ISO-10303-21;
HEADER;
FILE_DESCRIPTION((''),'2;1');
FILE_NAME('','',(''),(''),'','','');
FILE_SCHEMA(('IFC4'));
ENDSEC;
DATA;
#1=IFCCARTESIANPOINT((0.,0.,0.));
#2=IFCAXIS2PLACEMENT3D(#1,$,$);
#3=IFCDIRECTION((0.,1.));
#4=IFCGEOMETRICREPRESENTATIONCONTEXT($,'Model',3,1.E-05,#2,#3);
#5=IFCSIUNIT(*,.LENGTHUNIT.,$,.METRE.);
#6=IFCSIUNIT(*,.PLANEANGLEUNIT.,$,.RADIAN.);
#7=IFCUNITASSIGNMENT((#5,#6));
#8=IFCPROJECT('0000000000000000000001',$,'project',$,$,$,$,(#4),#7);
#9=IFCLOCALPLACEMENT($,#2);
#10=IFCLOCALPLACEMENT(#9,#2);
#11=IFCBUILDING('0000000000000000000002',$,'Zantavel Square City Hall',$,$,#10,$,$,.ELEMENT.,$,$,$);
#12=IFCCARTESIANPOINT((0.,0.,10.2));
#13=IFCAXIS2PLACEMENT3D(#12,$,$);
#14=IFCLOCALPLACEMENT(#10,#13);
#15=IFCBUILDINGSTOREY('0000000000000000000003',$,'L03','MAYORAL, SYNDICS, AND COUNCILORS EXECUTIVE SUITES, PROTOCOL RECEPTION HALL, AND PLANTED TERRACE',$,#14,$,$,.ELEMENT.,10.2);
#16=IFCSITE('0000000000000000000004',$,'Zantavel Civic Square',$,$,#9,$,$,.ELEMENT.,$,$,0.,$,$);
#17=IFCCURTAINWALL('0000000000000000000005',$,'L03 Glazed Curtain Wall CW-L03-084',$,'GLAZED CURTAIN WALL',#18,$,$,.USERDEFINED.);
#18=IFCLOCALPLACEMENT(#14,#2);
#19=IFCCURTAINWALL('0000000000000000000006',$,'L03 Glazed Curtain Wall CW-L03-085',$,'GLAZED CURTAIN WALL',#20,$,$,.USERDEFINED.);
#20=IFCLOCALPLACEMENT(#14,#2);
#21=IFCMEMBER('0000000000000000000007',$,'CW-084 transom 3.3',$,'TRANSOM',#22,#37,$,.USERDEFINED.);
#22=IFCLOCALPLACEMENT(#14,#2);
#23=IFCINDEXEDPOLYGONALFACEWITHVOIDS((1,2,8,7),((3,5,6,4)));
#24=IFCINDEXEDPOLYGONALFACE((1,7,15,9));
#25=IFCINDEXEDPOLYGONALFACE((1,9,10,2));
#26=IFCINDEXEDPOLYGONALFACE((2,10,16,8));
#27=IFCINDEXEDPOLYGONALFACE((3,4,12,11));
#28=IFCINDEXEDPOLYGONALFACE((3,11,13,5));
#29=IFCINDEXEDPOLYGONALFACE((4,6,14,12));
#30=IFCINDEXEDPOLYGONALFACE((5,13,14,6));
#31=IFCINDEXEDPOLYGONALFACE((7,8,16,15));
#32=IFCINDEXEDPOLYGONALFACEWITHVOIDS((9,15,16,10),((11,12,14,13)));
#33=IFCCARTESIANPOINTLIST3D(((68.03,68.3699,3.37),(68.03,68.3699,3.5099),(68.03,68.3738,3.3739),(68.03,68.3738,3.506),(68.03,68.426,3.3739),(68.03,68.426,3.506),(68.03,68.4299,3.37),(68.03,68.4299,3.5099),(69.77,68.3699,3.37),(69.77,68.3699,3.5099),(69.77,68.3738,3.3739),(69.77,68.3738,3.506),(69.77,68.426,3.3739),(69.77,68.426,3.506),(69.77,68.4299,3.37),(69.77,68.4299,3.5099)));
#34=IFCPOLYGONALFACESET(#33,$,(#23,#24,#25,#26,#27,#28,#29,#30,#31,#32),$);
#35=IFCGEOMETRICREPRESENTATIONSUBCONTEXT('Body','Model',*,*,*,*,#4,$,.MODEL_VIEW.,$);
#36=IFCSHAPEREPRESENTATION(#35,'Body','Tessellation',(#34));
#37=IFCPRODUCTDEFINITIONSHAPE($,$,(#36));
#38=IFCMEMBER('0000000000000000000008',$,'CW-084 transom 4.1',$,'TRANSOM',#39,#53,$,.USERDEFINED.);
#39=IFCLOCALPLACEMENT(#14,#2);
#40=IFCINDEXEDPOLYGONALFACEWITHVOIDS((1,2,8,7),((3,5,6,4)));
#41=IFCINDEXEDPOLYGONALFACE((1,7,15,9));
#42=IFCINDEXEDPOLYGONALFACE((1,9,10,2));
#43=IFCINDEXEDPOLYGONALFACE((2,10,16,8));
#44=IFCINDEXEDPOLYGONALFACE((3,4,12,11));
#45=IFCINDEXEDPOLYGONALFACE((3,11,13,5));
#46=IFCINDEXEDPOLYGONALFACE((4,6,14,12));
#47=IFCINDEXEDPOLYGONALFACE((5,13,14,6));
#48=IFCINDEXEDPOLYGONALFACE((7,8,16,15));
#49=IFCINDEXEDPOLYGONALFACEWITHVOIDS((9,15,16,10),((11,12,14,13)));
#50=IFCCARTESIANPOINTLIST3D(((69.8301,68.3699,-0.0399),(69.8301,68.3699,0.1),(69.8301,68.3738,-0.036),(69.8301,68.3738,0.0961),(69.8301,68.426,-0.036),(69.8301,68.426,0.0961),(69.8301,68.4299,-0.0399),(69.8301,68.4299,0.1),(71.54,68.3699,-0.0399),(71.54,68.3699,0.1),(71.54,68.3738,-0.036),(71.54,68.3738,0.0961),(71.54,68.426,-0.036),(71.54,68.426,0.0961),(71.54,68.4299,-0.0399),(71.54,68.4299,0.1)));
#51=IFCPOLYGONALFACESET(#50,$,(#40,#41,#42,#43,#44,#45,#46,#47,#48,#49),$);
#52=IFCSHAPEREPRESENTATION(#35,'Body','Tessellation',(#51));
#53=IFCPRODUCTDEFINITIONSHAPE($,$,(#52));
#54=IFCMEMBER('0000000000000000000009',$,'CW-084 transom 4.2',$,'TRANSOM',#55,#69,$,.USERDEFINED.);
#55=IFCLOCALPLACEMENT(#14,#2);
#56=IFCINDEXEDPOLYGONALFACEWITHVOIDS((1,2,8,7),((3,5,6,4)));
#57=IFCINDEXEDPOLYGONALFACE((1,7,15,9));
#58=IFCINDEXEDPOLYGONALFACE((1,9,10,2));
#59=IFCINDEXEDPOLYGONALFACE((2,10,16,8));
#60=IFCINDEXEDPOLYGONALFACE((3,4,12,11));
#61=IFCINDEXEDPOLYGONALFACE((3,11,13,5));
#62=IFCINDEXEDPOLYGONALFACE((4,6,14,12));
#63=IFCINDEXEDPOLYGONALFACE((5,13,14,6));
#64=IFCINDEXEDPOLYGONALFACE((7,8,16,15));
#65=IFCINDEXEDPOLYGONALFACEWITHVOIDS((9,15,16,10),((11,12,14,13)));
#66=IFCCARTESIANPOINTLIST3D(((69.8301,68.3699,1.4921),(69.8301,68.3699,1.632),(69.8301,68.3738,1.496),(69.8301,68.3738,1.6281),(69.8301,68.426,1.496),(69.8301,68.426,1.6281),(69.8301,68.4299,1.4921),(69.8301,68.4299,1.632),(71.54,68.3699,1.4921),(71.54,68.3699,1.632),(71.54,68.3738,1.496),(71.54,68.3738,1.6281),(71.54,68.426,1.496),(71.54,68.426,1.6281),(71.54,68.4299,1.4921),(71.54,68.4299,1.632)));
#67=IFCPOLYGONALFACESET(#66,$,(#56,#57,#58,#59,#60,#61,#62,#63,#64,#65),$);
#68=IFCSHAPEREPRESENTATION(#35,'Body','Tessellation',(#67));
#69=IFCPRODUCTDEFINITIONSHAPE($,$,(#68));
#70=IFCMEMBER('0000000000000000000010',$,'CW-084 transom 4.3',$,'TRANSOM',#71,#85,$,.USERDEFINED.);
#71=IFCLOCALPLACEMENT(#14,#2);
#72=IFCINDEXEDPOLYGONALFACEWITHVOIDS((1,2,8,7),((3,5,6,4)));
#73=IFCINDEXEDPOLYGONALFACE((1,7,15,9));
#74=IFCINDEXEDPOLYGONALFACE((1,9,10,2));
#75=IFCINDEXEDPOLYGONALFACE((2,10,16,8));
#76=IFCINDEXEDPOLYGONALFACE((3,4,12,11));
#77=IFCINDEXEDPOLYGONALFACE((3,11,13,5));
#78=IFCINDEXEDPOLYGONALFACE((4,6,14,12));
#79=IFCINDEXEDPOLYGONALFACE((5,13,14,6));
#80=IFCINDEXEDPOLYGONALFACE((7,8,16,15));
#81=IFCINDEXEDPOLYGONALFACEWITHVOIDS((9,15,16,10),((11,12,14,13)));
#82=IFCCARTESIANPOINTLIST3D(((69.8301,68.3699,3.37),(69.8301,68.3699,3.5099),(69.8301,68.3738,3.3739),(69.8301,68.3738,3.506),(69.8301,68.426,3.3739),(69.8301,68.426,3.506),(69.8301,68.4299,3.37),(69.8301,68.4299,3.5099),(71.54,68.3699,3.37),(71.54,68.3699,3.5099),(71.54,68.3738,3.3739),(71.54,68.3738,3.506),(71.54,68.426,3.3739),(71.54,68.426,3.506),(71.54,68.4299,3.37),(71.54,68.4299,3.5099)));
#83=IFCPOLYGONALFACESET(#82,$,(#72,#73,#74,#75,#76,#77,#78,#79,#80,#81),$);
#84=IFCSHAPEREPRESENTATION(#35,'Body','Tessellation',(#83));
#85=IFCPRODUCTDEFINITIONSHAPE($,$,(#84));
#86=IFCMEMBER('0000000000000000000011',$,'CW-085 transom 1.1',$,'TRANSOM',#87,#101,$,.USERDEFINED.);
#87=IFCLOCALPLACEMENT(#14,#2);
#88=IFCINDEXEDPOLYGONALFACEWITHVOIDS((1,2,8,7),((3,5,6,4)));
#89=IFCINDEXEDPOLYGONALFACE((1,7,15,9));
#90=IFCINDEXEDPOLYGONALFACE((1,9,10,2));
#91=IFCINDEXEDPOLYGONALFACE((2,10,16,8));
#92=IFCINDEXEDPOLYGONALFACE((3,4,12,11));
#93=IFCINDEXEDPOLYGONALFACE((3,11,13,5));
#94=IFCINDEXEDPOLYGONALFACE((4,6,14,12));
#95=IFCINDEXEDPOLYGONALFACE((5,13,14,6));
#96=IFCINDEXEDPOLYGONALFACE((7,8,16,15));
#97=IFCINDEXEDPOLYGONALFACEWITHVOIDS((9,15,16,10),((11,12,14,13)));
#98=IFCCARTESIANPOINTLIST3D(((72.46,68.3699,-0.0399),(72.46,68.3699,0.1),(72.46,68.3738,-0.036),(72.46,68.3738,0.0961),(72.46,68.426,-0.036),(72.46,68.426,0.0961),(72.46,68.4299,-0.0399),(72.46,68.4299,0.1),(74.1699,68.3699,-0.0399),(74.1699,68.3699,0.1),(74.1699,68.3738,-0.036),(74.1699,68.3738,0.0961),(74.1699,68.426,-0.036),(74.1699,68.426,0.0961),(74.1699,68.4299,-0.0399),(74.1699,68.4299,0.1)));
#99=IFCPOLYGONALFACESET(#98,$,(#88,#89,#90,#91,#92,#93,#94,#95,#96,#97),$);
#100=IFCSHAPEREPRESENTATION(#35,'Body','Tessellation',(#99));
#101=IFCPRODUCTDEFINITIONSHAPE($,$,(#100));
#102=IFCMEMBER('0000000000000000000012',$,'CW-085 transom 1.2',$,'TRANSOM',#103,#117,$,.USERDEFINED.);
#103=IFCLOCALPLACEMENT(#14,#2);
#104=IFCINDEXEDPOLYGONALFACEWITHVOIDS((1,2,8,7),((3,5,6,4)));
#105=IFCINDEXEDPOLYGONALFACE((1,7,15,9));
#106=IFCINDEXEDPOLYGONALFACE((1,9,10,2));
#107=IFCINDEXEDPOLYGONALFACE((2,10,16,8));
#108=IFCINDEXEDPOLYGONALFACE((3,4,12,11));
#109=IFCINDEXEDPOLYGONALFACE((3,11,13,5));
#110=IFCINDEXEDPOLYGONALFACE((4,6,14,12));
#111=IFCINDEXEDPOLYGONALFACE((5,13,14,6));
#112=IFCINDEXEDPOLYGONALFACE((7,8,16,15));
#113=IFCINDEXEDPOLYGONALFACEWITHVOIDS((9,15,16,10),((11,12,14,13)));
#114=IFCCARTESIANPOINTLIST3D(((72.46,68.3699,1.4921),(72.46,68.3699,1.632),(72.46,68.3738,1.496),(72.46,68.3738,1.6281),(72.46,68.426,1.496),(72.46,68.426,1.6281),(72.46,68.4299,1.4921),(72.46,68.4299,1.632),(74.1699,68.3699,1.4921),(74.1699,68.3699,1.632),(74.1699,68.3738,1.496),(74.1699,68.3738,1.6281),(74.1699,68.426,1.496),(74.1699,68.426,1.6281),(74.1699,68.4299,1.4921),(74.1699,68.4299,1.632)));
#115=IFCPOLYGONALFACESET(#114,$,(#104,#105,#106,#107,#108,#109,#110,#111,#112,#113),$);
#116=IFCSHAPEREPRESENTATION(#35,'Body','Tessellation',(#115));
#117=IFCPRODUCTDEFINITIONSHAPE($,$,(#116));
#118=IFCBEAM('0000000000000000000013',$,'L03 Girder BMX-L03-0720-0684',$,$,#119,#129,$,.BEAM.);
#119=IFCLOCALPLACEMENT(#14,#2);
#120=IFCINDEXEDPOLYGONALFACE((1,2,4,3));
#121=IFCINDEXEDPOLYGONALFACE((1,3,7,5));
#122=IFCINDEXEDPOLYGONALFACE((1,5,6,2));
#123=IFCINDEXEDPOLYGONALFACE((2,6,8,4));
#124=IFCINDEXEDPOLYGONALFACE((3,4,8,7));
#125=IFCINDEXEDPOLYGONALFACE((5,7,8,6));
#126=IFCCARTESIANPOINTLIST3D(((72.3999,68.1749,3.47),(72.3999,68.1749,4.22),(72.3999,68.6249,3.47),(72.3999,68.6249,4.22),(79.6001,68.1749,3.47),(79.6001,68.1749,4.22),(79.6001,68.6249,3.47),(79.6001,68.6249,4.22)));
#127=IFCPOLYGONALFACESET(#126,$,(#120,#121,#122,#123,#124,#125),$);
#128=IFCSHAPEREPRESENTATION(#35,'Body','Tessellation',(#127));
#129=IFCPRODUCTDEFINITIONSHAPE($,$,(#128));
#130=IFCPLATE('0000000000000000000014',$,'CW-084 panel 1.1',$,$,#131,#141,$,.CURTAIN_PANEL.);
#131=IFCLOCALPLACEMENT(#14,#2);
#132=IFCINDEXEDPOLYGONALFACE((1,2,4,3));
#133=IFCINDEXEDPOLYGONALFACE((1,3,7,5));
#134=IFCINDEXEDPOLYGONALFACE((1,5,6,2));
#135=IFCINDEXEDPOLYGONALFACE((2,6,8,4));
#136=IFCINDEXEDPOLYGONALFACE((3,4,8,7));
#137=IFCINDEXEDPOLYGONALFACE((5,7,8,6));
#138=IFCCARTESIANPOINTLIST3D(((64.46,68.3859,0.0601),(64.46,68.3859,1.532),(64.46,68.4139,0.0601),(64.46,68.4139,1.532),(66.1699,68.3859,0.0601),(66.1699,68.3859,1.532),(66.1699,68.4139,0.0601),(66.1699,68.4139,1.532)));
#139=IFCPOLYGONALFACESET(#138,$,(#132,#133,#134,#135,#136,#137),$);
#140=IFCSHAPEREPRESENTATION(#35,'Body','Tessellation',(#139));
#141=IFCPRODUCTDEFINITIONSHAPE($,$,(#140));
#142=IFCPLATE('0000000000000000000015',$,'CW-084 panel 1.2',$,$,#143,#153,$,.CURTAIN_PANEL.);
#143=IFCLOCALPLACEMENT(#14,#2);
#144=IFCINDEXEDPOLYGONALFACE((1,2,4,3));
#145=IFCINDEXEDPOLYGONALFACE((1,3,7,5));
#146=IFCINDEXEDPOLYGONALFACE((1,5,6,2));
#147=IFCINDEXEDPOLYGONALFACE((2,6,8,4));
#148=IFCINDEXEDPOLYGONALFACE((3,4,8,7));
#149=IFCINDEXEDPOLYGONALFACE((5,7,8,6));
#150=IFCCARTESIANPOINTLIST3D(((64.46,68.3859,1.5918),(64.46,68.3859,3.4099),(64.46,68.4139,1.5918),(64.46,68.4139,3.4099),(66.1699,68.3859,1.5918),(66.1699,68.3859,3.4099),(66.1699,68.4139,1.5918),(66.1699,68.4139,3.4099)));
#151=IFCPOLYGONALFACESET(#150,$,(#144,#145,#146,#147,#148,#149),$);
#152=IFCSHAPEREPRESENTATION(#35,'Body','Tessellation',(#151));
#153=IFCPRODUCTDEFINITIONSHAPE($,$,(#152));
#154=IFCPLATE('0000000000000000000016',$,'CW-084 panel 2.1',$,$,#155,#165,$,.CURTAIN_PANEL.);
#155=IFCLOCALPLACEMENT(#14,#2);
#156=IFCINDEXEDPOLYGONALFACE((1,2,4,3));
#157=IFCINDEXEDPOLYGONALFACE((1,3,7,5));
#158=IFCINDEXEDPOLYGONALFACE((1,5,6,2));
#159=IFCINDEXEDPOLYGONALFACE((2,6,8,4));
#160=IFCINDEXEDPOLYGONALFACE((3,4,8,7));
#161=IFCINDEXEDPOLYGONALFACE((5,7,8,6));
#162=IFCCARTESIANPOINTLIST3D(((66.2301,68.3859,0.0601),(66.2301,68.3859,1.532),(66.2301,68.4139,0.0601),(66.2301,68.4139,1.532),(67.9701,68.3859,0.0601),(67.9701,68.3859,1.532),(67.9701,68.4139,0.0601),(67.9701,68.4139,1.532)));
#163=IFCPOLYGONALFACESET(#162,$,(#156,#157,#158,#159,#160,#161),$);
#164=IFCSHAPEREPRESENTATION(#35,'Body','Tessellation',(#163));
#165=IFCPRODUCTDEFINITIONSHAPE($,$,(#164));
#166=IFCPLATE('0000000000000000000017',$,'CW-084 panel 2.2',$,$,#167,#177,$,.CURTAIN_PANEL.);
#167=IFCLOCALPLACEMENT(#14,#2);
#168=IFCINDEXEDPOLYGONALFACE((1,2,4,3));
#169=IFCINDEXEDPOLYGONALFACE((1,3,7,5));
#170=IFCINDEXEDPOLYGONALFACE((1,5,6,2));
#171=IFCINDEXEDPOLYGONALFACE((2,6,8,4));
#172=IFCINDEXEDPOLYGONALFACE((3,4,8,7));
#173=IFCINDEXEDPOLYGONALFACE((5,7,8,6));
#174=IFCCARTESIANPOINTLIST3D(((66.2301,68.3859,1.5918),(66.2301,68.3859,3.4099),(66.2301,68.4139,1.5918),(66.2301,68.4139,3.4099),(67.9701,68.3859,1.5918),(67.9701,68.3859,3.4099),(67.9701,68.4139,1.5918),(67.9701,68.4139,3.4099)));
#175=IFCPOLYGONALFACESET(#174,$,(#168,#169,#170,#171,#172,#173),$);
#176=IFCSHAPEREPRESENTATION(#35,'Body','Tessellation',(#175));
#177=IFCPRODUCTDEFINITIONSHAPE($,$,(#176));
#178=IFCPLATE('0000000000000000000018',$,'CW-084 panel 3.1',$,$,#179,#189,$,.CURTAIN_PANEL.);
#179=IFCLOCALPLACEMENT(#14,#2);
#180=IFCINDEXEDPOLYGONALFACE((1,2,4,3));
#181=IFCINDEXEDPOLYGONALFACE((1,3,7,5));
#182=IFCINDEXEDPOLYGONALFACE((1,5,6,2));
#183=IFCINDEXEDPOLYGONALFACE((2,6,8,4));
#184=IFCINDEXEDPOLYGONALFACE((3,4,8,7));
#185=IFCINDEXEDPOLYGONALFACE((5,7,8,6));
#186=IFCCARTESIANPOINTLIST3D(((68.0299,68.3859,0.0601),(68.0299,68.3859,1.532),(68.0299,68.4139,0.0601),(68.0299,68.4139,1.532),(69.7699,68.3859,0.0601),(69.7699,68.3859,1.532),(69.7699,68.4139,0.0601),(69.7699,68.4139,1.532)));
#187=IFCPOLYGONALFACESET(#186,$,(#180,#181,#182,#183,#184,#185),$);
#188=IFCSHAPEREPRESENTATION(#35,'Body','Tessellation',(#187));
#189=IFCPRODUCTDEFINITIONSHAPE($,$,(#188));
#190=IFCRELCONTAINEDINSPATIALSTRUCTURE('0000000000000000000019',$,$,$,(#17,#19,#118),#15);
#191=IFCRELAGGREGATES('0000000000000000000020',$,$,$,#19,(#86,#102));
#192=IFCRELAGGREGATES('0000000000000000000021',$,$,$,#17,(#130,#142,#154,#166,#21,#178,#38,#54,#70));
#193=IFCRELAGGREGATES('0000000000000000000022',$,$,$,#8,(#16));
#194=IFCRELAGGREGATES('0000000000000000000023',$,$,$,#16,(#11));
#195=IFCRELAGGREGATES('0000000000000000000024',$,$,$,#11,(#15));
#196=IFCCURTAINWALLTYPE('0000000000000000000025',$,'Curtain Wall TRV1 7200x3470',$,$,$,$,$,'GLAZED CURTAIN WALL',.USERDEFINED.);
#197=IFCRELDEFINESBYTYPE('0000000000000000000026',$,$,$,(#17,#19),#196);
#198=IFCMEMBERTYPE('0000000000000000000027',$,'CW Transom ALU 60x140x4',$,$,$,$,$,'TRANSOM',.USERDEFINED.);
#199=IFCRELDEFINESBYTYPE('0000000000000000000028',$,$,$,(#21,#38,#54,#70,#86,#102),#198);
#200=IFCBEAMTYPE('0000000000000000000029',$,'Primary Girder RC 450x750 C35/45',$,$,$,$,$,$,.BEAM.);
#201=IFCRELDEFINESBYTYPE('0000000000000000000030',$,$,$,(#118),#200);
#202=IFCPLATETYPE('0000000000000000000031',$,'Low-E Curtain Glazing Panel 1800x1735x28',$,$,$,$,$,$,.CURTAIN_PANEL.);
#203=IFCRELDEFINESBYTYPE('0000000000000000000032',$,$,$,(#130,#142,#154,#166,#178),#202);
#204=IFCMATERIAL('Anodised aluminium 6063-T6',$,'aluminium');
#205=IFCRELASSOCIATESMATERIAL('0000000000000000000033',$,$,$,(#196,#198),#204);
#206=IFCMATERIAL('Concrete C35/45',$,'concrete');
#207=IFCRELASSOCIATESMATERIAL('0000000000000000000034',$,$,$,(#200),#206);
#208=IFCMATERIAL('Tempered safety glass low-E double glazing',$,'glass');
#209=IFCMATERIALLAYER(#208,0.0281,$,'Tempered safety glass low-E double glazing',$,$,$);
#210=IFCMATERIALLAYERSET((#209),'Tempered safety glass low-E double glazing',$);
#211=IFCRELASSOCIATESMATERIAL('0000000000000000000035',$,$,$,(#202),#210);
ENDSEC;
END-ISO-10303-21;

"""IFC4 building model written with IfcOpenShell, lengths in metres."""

from ifc_helpers import new_model, si_unit, direction, frame, origin, origin_2d, place, context, subcontext, project, spatial, rectangle, hollow_rectangle, extrude, material, layer, layer_set, material_profile, profile_set, type_object, element, aggregate, save


model = new_model("IFC4")

# Units and contexts
model_context = context("Model", 3, precision=1e-05, world=origin(), true_north=direction((0.0, 1.0)))
body_context = subcontext(model_context, "Body", "Model", "MODEL_VIEW")
ifc_project = project(units=[si_unit("LENGTHUNIT", "METRE"), si_unit("PLANEANGLEUNIT", "RADIAN")], contexts=[model_context])

# Site, building, storey
site_placement = place(None, origin())
site = spatial("IfcSite", under=ifc_project, at=site_placement, Name="Zantavel Civic Square", CompositionType="ELEMENT", RefElevation=0.0)
building_placement = place(site_placement, origin())
building = spatial("IfcBuilding", under=site, at=building_placement, Name="Zantavel Square City Hall", CompositionType="ELEMENT")
storey_placement = place(building_placement, frame((0.0, 0.0, 10.2)))
storey = spatial("IfcBuildingStorey", under=building, at=storey_placement, Name="L03", Description="MAYORAL, SYNDICS, AND COUNCILORS EXECUTIVE SUITES, PROTOCOL RECEPTION HALL, AND PLANTED TERRACE", CompositionType="ELEMENT", Elevation=10.2)

# Curtain wall
ifc_material_1 = material(Name="Anodised aluminium 6063-T6", Category="aluminium")
curtain_wall_type = type_object("IfcCurtainWallType", Name="Curtain Wall TRV1 7200x3470", ElementType="GLAZED CURTAIN WALL", PredefinedType="USERDEFINED", material=ifc_material_1)
curtain_wall_1_placement = place(storey_placement, origin())
curtain_wall_1 = element("IfcCurtainWall", 1, at=curtain_wall_1_placement, inside=storey, type_object=curtain_wall_type, Name="L03 Glazed Curtain Wall CW-L03-084", ObjectType="GLAZED CURTAIN WALL", PredefinedType="USERDEFINED")

# Curtain wall
curtain_wall_2_placement = place(storey_placement, origin())
curtain_wall_2 = element("IfcCurtainWall", 2, at=curtain_wall_2_placement, inside=storey, type_object=curtain_wall_type, Name="L03 Glazed Curtain Wall CW-L03-085", ObjectType="GLAZED CURTAIN WALL", PredefinedType="USERDEFINED")

# Members
ifc_material_profile_1 = material_profile(ifc_material_1, hollow_rectangle(XDim=0.0601, YDim=0.1399, WallThickness=0.0039, at=origin_2d()), Name="ALU 60x140x4")
ifc_profile_set_1 = profile_set([ifc_material_profile_1], Name="Anodised aluminium 6063-T6")
member_type_1 = type_object("IfcMemberType", Name="CW Transom ALU 60x140x4", ElementType="TRANSOM", PredefinedType="USERDEFINED", material=ifc_profile_set_1)
member_1_placement = place(storey_placement, frame((68.03, 68.3999, 3.4399), z_axis=(1.0, 0.0, 0.0), x_axis=(0.0, 1.0, 0.0)))
member_1 = element("IfcMember", 3, at=member_1_placement, type_object=member_type_1, Name="CW-084 transom 3.3", ObjectType="TRANSOM", PredefinedType="USERDEFINED", context=body_context, shape_type="SweptSolid", body=[
    extrude(hollow_rectangle(XDim=0.0601, YDim=0.1399, WallThickness=0.0039, at=origin_2d()), origin(), (0.0, 0.0, 1.0), 1.74),
])
member_2_placement = place(storey_placement, frame((69.8301, 68.3999, 0.03), z_axis=(1.0, 0.0, 0.0), x_axis=(0.0, 1.0, 0.0)))
member_2 = element("IfcMember", 4, at=member_2_placement, type_object=member_type_1, Name="CW-084 transom 4.1", ObjectType="TRANSOM", PredefinedType="USERDEFINED", context=body_context, shape_type="SweptSolid", body=[
    extrude(hollow_rectangle(XDim=0.0601, YDim=0.1399, WallThickness=0.0039, at=origin_2d()), origin(), (0.0, 0.0, 1.0), 1.71),
])
member_3_placement = place(storey_placement, frame((69.8301, 68.3999, 1.562), z_axis=(1.0, 0.0, 0.0), x_axis=(0.0, 1.0, 0.0)))
member_3 = element("IfcMember", 5, at=member_3_placement, type_object=member_type_1, Name="CW-084 transom 4.2", ObjectType="TRANSOM", PredefinedType="USERDEFINED", context=body_context, shape_type="SweptSolid", body=[
    extrude(hollow_rectangle(XDim=0.0601, YDim=0.1399, WallThickness=0.0039, at=origin_2d()), origin(), (0.0, 0.0, 1.0), 1.71),
])
member_4_placement = place(storey_placement, frame((69.8301, 68.3999, 3.4399), z_axis=(1.0, 0.0, 0.0), x_axis=(0.0, 1.0, 0.0)))
member_4 = element("IfcMember", 6, at=member_4_placement, type_object=member_type_1, Name="CW-084 transom 4.3", ObjectType="TRANSOM", PredefinedType="USERDEFINED", context=body_context, shape_type="SweptSolid", body=[
    extrude(hollow_rectangle(XDim=0.0601, YDim=0.1399, WallThickness=0.0039, at=origin_2d()), origin(), (0.0, 0.0, 1.0), 1.71),
])
member_5_placement = place(storey_placement, frame((72.46, 68.3999, 0.03), z_axis=(1.0, 0.0, 0.0), x_axis=(0.0, 1.0, 0.0)))
member_5 = element("IfcMember", 7, at=member_5_placement, type_object=member_type_1, Name="CW-085 transom 1.1", ObjectType="TRANSOM", PredefinedType="USERDEFINED", context=body_context, shape_type="SweptSolid", body=[
    extrude(hollow_rectangle(XDim=0.0601, YDim=0.1399, WallThickness=0.0039, at=origin_2d()), origin(), (0.0, 0.0, 1.0), 1.71),
])
member_6_placement = place(storey_placement, frame((72.46, 68.3999, 1.562), z_axis=(1.0, 0.0, 0.0), x_axis=(0.0, 1.0, 0.0)))
member_6 = element("IfcMember", 8, at=member_6_placement, type_object=member_type_1, Name="CW-085 transom 1.2", ObjectType="TRANSOM", PredefinedType="USERDEFINED", context=body_context, shape_type="SweptSolid", body=[
    extrude(hollow_rectangle(XDim=0.0601, YDim=0.1399, WallThickness=0.0039, at=origin_2d()), origin(), (0.0, 0.0, 1.0), 1.71),
])
aggregate(curtain_wall_2, [member_5, member_6])

# Beam
ifc_material_2 = material(Name="Concrete C35/45", Category="concrete")
ifc_material_profile_2 = material_profile(ifc_material_2, rectangle(XDim=0.45, YDim=0.75, at=origin_2d()), Name="RC 450x750")
ifc_profile_set_2 = profile_set([ifc_material_profile_2], Name="Concrete C35/45")
beam_type = type_object("IfcBeamType", Name="Primary Girder RC 450x750 C35/45", PredefinedType="BEAM", material=ifc_profile_set_2)
beam_placement = place(storey_placement, frame((72.3999, 68.3999, 3.845), z_axis=(1.0, 0.0, 0.0), x_axis=(0.0, 1.0, 0.0)))
element("IfcBeam", 9, at=beam_placement, inside=storey, type_object=beam_type, Name="L03 Girder BMX-L03-0720-0684", PredefinedType="BEAM", context=body_context, shape_type="SweptSolid", body=[
    extrude(rectangle(XDim=0.45, YDim=0.75, at=origin_2d()), origin(), (0.0, 0.0, 1.0), 7.2002),
])

# Plates
ifc_material_3 = material(Name="Tempered safety glass low-E double glazing", Category="glass")
ifc_layer_1 = layer(ifc_material_3, 0.0281, Name="Tempered safety glass low-E double glazing")
ifc_layer_set_1 = layer_set([ifc_layer_1], Name="Tempered safety glass low-E double glazing")
plate_type = type_object("IfcPlateType", Name="Low-E Curtain Glazing Panel 1800x1735x28", PredefinedType="CURTAIN_PANEL", material=ifc_layer_set_1)
plate_1_placement = place(storey_placement, frame((65.3149, 68.3999, 0.0601), z_axis=(0.0, 0.0, 1.0), x_axis=(1.0, 0.0, 0.0)))
plate_1 = element("IfcPlate", 10, at=plate_1_placement, type_object=plate_type, Name="CW-084 panel 1.1", PredefinedType="CURTAIN_PANEL", context=body_context, shape_type="SweptSolid", body=[
    extrude(rectangle(XDim=1.71, YDim=0.0281, at=origin_2d()), origin(), (0.0, 0.0, 1.0), 1.4719),
])
plate_2_placement = place(storey_placement, frame((65.3149, 68.3999, 1.5918), z_axis=(0.0, 0.0, 1.0), x_axis=(1.0, 0.0, 0.0)))
plate_2 = element("IfcPlate", 11, at=plate_2_placement, type_object=plate_type, Name="CW-084 panel 1.2", PredefinedType="CURTAIN_PANEL", context=body_context, shape_type="SweptSolid", body=[
    extrude(rectangle(XDim=1.71, YDim=0.0281, at=origin_2d()), origin(), (0.0, 0.0, 1.0), 1.8181),
])
plate_3_placement = place(storey_placement, frame((67.1001, 68.3999, 0.0601), z_axis=(0.0, 0.0, 1.0), x_axis=(1.0, 0.0, 0.0)))
plate_3 = element("IfcPlate", 12, at=plate_3_placement, type_object=plate_type, Name="CW-084 panel 2.1", PredefinedType="CURTAIN_PANEL", context=body_context, shape_type="SweptSolid", body=[
    extrude(rectangle(XDim=1.74, YDim=0.0281, at=origin_2d()), origin(), (0.0, 0.0, 1.0), 1.4719),
])
plate_4_placement = place(storey_placement, frame((67.1001, 68.3999, 1.5918), z_axis=(0.0, 0.0, 1.0), x_axis=(1.0, 0.0, 0.0)))
plate_4 = element("IfcPlate", 13, at=plate_4_placement, type_object=plate_type, Name="CW-084 panel 2.2", PredefinedType="CURTAIN_PANEL", context=body_context, shape_type="SweptSolid", body=[
    extrude(rectangle(XDim=1.74, YDim=0.0281, at=origin_2d()), origin(), (0.0, 0.0, 1.0), 1.8181),
])
plate_5_placement = place(storey_placement, frame((68.8999, 68.3999, 0.0601), z_axis=(0.0, 0.0, 1.0), x_axis=(1.0, 0.0, 0.0)))
plate_5 = element("IfcPlate", 14, at=plate_5_placement, type_object=plate_type, Name="CW-084 panel 3.1", PredefinedType="CURTAIN_PANEL", context=body_context, shape_type="SweptSolid", body=[
    extrude(rectangle(XDim=1.74, YDim=0.0281, at=origin_2d()), origin(), (0.0, 0.0, 1.0), 1.4719),
])
aggregate(curtain_wall_1, [plate_1, plate_2, plate_3, plate_4, member_1, plate_5, member_2, member_3, member_4])

save(model, "model.ifc")
